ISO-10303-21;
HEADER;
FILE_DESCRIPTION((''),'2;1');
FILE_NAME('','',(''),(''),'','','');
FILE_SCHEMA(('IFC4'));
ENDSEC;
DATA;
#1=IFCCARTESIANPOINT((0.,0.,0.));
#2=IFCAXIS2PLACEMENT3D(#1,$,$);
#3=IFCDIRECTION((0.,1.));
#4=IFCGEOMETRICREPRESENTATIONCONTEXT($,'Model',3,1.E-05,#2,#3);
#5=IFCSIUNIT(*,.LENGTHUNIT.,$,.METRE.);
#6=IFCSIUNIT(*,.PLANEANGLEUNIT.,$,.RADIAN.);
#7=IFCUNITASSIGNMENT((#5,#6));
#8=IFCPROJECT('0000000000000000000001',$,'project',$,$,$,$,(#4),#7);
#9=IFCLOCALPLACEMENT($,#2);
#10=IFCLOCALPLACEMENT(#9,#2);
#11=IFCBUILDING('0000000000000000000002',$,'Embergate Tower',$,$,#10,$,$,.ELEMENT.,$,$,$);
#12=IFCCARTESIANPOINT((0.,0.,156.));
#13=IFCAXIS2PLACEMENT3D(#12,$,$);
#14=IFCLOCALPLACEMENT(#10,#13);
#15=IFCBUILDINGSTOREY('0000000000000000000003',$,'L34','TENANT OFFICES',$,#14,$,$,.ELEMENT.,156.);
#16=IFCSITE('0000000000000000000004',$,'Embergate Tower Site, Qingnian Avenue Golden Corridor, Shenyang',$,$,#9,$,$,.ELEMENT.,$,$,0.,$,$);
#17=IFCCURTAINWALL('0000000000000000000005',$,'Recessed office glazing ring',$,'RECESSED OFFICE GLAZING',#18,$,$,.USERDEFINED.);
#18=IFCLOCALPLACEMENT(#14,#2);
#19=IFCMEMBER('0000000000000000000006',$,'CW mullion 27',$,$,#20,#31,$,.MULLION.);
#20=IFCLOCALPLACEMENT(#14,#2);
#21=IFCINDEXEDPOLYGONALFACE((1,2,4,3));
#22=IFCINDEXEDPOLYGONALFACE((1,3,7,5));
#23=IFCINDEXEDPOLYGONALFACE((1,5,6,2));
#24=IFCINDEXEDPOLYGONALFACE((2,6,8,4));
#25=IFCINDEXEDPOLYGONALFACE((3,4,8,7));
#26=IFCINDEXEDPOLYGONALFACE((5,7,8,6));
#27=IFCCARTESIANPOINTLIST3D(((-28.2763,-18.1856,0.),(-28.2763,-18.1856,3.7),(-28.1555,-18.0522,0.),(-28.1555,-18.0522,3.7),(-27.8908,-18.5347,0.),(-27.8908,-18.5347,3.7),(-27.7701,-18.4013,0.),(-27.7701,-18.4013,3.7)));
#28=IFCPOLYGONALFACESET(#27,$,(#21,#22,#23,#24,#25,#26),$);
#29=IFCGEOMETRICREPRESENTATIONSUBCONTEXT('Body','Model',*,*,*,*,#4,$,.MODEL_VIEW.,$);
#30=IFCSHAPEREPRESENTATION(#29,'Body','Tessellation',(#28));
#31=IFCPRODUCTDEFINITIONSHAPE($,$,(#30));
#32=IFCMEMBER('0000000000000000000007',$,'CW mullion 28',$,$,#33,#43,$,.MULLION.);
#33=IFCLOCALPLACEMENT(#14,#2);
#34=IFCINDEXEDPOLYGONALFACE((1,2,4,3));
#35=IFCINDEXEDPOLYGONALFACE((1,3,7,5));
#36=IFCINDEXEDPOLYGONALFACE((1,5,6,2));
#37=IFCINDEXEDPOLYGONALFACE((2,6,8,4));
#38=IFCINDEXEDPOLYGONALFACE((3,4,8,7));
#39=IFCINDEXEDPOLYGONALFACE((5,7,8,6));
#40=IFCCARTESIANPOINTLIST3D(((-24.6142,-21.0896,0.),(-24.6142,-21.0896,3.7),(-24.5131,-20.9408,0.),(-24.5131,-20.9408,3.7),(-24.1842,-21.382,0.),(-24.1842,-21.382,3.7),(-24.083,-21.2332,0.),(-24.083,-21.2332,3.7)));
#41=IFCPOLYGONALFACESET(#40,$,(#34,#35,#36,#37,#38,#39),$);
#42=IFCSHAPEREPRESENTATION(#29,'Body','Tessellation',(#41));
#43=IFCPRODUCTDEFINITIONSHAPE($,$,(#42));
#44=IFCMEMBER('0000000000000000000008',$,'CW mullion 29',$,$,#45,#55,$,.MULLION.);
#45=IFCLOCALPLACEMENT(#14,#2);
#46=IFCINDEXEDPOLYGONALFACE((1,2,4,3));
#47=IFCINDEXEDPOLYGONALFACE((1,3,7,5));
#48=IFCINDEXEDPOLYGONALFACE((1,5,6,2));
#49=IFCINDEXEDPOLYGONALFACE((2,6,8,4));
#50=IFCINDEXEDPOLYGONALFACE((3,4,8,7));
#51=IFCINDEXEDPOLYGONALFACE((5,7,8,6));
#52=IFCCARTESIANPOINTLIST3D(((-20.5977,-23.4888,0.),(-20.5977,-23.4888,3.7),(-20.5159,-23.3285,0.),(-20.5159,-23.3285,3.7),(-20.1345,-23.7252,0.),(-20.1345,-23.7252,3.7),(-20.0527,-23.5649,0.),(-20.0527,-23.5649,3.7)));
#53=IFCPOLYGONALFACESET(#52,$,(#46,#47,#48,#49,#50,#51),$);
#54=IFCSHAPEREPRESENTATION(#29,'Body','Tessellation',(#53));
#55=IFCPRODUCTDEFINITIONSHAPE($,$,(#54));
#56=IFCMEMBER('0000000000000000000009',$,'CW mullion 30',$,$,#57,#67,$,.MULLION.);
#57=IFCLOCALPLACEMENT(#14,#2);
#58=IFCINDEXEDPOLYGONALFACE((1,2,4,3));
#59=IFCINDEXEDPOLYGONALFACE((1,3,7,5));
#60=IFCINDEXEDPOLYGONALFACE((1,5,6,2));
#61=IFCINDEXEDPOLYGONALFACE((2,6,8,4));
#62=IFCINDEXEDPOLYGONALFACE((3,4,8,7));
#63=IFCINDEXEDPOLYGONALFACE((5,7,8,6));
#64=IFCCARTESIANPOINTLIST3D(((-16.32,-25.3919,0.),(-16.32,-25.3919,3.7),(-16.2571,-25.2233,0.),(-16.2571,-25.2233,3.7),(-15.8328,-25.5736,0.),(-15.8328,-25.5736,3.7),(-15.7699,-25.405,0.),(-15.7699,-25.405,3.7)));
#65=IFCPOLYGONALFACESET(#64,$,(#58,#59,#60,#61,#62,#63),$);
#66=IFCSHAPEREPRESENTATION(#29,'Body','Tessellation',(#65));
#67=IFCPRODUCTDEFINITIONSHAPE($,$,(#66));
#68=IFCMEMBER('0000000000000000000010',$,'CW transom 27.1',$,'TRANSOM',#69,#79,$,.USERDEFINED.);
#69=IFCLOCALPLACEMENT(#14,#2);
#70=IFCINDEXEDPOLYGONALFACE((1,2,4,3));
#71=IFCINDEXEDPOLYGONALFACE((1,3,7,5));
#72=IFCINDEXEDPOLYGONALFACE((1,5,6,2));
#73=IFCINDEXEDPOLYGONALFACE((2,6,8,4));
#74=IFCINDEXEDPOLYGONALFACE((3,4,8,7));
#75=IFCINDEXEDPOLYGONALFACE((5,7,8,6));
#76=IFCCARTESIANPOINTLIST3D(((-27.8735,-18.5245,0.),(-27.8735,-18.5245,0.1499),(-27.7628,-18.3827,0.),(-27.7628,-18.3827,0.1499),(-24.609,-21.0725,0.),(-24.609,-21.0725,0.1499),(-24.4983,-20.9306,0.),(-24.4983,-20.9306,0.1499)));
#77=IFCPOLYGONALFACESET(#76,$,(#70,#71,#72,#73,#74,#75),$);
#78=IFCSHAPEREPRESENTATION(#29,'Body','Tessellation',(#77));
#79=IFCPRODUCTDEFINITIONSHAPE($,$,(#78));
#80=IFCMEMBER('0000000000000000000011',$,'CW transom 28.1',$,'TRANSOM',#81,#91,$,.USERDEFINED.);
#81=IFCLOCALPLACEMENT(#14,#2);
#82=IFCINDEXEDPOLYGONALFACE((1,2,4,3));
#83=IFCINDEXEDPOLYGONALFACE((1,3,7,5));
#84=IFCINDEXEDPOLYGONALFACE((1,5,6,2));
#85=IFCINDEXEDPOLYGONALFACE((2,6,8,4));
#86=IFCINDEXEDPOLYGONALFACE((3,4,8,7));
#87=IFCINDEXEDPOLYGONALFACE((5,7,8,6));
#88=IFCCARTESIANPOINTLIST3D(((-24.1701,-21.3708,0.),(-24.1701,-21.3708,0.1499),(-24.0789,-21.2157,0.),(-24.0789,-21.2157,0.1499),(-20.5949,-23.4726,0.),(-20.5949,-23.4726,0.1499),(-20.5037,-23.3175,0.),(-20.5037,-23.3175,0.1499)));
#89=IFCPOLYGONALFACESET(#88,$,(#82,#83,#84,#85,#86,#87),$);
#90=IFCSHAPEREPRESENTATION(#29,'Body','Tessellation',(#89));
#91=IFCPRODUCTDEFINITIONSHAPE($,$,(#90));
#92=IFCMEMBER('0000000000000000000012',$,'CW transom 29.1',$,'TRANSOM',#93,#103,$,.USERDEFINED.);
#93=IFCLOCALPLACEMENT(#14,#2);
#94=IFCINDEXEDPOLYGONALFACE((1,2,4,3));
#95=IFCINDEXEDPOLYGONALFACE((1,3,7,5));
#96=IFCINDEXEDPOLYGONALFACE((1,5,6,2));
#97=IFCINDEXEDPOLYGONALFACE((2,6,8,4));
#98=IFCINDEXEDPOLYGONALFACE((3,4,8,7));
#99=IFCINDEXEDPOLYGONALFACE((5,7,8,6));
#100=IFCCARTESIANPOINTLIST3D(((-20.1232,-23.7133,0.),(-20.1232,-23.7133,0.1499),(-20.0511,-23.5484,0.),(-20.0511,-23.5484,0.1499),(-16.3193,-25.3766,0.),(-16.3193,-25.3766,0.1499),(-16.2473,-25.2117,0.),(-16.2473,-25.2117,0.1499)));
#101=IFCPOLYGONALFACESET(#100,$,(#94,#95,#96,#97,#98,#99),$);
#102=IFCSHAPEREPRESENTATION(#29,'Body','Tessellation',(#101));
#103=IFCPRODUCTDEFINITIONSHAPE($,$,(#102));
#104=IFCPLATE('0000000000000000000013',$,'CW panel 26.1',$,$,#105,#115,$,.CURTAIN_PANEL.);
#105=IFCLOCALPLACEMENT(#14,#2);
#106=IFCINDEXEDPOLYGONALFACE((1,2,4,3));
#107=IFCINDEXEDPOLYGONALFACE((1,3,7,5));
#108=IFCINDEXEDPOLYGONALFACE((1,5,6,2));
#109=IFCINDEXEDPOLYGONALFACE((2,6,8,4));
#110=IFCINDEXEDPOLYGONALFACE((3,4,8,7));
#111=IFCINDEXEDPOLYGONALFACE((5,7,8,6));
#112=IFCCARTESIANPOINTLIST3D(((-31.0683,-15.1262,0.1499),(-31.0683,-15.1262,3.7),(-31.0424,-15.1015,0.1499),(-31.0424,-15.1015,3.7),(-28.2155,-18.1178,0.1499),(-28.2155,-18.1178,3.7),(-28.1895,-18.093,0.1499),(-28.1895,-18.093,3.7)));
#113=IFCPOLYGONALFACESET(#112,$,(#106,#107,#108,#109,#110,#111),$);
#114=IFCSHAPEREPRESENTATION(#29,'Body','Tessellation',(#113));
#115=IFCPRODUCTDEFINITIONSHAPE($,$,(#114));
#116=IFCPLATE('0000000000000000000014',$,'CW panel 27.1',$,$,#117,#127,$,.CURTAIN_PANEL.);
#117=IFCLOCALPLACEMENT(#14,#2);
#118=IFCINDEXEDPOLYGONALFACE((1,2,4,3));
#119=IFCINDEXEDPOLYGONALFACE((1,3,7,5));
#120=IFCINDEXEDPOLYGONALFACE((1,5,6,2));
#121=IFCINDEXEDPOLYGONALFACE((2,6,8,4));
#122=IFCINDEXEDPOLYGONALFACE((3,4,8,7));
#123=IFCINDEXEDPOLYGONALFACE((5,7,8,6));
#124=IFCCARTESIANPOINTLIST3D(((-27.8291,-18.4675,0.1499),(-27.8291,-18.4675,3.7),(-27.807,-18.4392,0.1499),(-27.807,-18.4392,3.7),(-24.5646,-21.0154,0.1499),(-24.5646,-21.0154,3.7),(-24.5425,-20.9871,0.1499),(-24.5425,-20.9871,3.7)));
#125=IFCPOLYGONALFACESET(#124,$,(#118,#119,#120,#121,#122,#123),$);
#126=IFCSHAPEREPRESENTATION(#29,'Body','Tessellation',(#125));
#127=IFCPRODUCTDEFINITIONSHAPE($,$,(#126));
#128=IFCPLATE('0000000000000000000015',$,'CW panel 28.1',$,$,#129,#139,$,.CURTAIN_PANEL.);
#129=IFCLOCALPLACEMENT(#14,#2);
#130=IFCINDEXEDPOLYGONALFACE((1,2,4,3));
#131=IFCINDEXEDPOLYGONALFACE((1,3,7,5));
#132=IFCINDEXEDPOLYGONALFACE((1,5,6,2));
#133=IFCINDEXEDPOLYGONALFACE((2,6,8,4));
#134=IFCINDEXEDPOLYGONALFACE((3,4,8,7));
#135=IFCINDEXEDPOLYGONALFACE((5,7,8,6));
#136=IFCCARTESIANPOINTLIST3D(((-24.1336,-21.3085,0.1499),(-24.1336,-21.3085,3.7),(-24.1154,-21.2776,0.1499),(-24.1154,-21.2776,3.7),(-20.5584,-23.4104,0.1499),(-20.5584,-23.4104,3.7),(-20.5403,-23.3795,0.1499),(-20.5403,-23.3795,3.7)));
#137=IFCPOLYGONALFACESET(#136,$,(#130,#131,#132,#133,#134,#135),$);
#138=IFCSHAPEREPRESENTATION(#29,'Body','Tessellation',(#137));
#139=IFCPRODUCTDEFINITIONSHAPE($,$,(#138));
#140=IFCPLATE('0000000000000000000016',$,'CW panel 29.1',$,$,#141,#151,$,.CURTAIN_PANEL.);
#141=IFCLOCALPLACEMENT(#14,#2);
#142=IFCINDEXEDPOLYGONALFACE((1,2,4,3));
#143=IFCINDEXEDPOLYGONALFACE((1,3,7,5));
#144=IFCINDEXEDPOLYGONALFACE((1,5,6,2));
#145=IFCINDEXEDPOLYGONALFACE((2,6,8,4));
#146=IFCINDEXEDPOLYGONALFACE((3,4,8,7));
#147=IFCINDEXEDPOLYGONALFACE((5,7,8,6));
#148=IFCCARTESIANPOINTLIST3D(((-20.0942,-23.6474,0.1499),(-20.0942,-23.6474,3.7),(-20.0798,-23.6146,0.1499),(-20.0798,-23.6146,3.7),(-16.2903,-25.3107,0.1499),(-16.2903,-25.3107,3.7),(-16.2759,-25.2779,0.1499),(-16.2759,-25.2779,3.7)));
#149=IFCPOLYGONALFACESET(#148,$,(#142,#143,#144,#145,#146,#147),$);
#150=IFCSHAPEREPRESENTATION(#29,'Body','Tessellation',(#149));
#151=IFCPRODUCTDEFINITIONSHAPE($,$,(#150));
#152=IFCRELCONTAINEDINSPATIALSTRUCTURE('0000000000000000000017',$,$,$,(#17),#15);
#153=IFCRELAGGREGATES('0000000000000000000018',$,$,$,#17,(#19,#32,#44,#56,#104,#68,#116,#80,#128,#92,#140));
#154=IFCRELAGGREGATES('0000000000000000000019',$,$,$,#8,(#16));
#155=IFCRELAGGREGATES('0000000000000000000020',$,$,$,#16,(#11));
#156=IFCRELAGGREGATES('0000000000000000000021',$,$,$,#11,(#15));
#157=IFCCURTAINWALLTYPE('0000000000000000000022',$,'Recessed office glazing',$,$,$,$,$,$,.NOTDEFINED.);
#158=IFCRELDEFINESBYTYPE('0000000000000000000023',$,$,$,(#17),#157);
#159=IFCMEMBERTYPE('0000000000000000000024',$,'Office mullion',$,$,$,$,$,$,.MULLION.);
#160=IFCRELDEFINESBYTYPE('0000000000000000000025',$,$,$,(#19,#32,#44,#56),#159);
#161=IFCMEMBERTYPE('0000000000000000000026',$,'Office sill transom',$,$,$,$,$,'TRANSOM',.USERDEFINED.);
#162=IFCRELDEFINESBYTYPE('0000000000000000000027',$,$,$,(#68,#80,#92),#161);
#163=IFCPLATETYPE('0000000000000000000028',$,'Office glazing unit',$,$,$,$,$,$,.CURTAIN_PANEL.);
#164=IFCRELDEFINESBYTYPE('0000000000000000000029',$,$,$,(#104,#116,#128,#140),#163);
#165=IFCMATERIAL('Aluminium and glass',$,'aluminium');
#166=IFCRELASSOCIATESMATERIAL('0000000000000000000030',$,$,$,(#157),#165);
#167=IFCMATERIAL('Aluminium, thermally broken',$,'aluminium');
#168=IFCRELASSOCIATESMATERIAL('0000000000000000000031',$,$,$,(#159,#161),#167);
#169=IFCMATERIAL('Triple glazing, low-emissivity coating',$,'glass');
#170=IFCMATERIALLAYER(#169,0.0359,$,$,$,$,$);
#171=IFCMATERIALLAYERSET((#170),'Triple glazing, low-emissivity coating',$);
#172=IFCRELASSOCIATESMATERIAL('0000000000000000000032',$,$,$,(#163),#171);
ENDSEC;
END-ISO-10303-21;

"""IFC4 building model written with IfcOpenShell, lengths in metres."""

from ifc_helpers import new_model, si_unit, direction, frame, origin, origin_2d, place, context, subcontext, project, spatial, rectangle, extrude, source, transform, mapped, material, layer, layer_set, material_profile, profile_set, type_object, element, aggregate, save


model = new_model("IFC4")

# Units and contexts
model_context = context("Model", 3, precision=1e-05, world=origin(), true_north=direction((0.0, 1.0)))
body_context = subcontext(model_context, "Body", "Model", "MODEL_VIEW")
ifc_project = project(units=[si_unit("LENGTHUNIT", "METRE"), si_unit("PLANEANGLEUNIT", "RADIAN")], contexts=[model_context])

# Site, building, storey
site_placement = place(None, origin())
site = spatial("IfcSite", under=ifc_project, at=site_placement, Name="Embergate Tower Site, Qingnian Avenue Golden Corridor, Shenyang", CompositionType="ELEMENT", RefElevation=0.0)
building_placement = place(site_placement, origin())
building = spatial("IfcBuilding", under=site, at=building_placement, Name="Embergate Tower", CompositionType="ELEMENT")
storey_placement = place(building_placement, frame((0.0, 0.0, 156.0)))
storey = spatial("IfcBuildingStorey", under=building, at=storey_placement, Name="L34", Description="TENANT OFFICES", CompositionType="ELEMENT", Elevation=156.0)

# Curtain wall, members, plates
ifc_material_1 = material(Name="Aluminium and glass", Category="aluminium")
curtain_wall_type = type_object("IfcCurtainWallType", Name="Recessed office glazing", PredefinedType="NOTDEFINED", material=ifc_material_1)
curtain_wall_placement = place(storey_placement, origin())
curtain_wall = element("IfcCurtainWall", 1, at=curtain_wall_placement, inside=storey, type_object=curtain_wall_type, Name="Recessed office glazing ring", ObjectType="RECESSED OFFICE GLAZING", PredefinedType="USERDEFINED")
ifc_material_2 = material(Name="Aluminium, thermally broken", Category="aluminium")
ifc_material_profile_1 = material_profile(ifc_material_2, rectangle(XDim=0.1799, YDim=0.52, at=origin_2d()), Name="AL 520x180")
ifc_profile_set_1 = profile_set([ifc_material_profile_1], Name="Aluminium, thermally broken")
member_type_1 = type_object("IfcMemberType", Name="Office mullion", PredefinedType="MULLION", material=ifc_profile_set_1)
shared_shape_1 = source(origin(), body_context, "Body", "SweptSolid", [
    extrude(rectangle(XDim=0.1799, YDim=0.52, at=origin_2d()), origin(), (0.0, 0.0, 1.0), 3.7),
])
member_1_placement = place(storey_placement, frame((-28.0232, -18.2935, 0.0), z_axis=(0.0, 0.0, 1.0), x_axis=(0.671227, 0.741252, 0.0)))
member_1 = element("IfcMember", 2, at=member_1_placement, type_object=member_type_1, Name="CW mullion 27", PredefinedType="MULLION", context=body_context, shape_type="MappedRepresentation", body=[
    mapped(shared_shape_1, transform((0.0, 0.0, 0.0))),
])
member_2_placement = place(storey_placement, frame((-24.3486, -21.1614, 0.0), z_axis=(0.0, 0.0, 1.0), x_axis=(0.562218, 0.826989, 0.0)))
member_2 = element("IfcMember", 3, at=member_2_placement, type_object=member_type_1, Name="CW mullion 28", PredefinedType="MULLION", context=body_context, shape_type="MappedRepresentation", body=[
    mapped(shared_shape_1, transform((0.0, 0.0, 0.0))),
])
member_3_placement = place(storey_placement, frame((-20.3252, -23.5269, 0.0), z_axis=(0.0, 0.0, 1.0), x_axis=(0.454511, 0.890741, 0.0)))
member_3 = element("IfcMember", 4, at=member_3_placement, type_object=member_type_1, Name="CW mullion 29", PredefinedType="MULLION", context=body_context, shape_type="MappedRepresentation", body=[
    mapped(shared_shape_1, transform((0.0, 0.0, 0.0))),
])
member_4_placement = place(storey_placement, frame((-16.0449, -25.3984, 0.0), z_axis=(0.0, 0.0, 1.0), x_axis=(0.349503, 0.936935, 0.0)))
member_4 = element("IfcMember", 5, at=member_4_placement, type_object=member_type_1, Name="CW mullion 30", PredefinedType="MULLION", context=body_context, shape_type="MappedRepresentation", body=[
    mapped(shared_shape_1, transform((0.0, 0.0, 0.0))),
])
ifc_material_profile_2 = material_profile(ifc_material_2, rectangle(XDim=0.1799, YDim=0.1499, at=origin_2d()), Name="AL 150x180")
ifc_profile_set_2 = profile_set([ifc_material_profile_2], Name="Aluminium, thermally broken")
member_type_2 = type_object("IfcMemberType", Name="Office sill transom", ElementType="TRANSOM", PredefinedType="USERDEFINED", material=ifc_profile_set_2)
shared_shape_2 = source(origin(), body_context, "Body", "SweptSolid", [
    extrude(rectangle(XDim=0.1799, YDim=0.1499, at=origin_2d()), origin(), (0.0, 0.0, 1.0), 4.1411),
])
member_5_placement = place(storey_placement, frame((-27.8181, -18.4536, 0.075), z_axis=(0.788313, -0.615274, 0.0), x_axis=(0.615274, 0.788313, 0.0)))
member_5 = element("IfcMember", 6, at=member_5_placement, type_object=member_type_2, Name="CW transom 27.1", ObjectType="TRANSOM", PredefinedType="USERDEFINED", context=body_context, shape_type="MappedRepresentation", body=[
    mapped(shared_shape_2, transform((0.0, 0.0, 0.0))),
])
shared_shape_3 = source(origin(), body_context, "Body", "SweptSolid", [
    extrude(rectangle(XDim=0.1799, YDim=0.1499, at=origin_2d()), origin(), (0.0, 0.0, 1.0), 4.1472),
])
member_6_placement = place(storey_placement, frame((-24.1245, -21.2932, 0.075), z_axis=(0.862066, -0.506796, 0.0), x_axis=(0.506796, 0.862066, 0.0)))
member_6 = element("IfcMember", 7, at=member_6_placement, type_object=member_type_2, Name="CW transom 28.1", ObjectType="TRANSOM", PredefinedType="USERDEFINED", context=body_context, shape_type="MappedRepresentation", body=[
    mapped(shared_shape_3, transform((0.0, 0.0, 0.0))),
])
shared_shape_4 = source(origin(), body_context, "Body", "SweptSolid", [
    extrude(rectangle(XDim=0.1799, YDim=0.1499, at=origin_2d()), origin(), (0.0, 0.0, 1.0), 4.1516),
])
member_7_placement = place(storey_placement, frame((-20.0872, -23.6309, 0.075), z_axis=(0.916237, -0.400637, 0.0), x_axis=(0.400637, 0.916237, 0.0)))
member_7 = element("IfcMember", 8, at=member_7_placement, type_object=member_type_2, Name="CW transom 29.1", ObjectType="TRANSOM", PredefinedType="USERDEFINED", context=body_context, shape_type="MappedRepresentation", body=[
    mapped(shared_shape_4, transform((0.0, 0.0, 0.0))),
])
ifc_material_3 = material(Name="Triple glazing, low-emissivity coating", Category="glass")
ifc_layer = layer(ifc_material_3, 0.0359)
ifc_layer_set = layer_set([ifc_layer], Name="Triple glazing, low-emissivity coating")
plate_type = type_object("IfcPlateType", Name="Office glazing unit", PredefinedType="CURTAIN_PANEL", material=ifc_layer_set)
shared_shape_5 = source(origin(), body_context, "Body", "SweptSolid", [
    extrude(rectangle(XDim=4.1338, YDim=0.0359, at=origin_2d()), origin(), (0.0, 0.0, 1.0), 3.55),
])
plate_1_placement = place(storey_placement, frame((-29.6289, -16.6096, 0.1499), z_axis=(0.0, 0.0, 1.0), x_axis=(0.690135, -0.723681, 0.0)))
plate_1 = element("IfcPlate", 9, at=plate_1_placement, type_object=plate_type, Name="CW panel 26.1", PredefinedType="CURTAIN_PANEL", context=body_context, shape_type="MappedRepresentation", body=[
    mapped(shared_shape_5, transform((0.0, 0.0, 0.0))),
])
shared_shape_6 = source(origin(), body_context, "Body", "SweptSolid", [
    extrude(rectangle(XDim=4.1411, YDim=0.0359, at=origin_2d()), origin(), (0.0, 0.0, 1.0), 3.55),
])
plate_2_placement = place(storey_placement, frame((-26.1858, -19.7273, 0.1499), z_axis=(0.0, 0.0, 1.0), x_axis=(0.78832, -0.615265, 0.0)))
plate_2 = element("IfcPlate", 10, at=plate_2_placement, type_object=plate_type, Name="CW panel 27.1", PredefinedType="CURTAIN_PANEL", context=body_context, shape_type="MappedRepresentation", body=[
    mapped(shared_shape_6, transform((0.0, 0.0, 0.0))),
])
shared_shape_7 = source(origin(), body_context, "Body", "SweptSolid", [
    extrude(rectangle(XDim=4.1472, YDim=0.0359, at=origin_2d()), origin(), (0.0, 0.0, 1.0), 3.55),
])
plate_3_placement = place(storey_placement, frame((-22.3369, -22.344, 0.1499), z_axis=(0.0, 0.0, 1.0), x_axis=(0.862053, -0.506818, 0.0)))
plate_3 = element("IfcPlate", 11, at=plate_3_placement, type_object=plate_type, Name="CW panel 28.1", PredefinedType="CURTAIN_PANEL", context=body_context, shape_type="MappedRepresentation", body=[
    mapped(shared_shape_7, transform((0.0, 0.0, 0.0))),
])
shared_shape_8 = source(origin(), body_context, "Body", "SweptSolid", [
    extrude(rectangle(XDim=4.1516, YDim=0.0359, at=origin_2d()), origin(), (0.0, 0.0, 1.0), 3.55),
])
plate_4_placement = place(storey_placement, frame((-18.1851, -24.4626, 0.1499), z_axis=(0.0, 0.0, 1.0), x_axis=(0.916236, -0.400638, 0.0)))
plate_4 = element("IfcPlate", 12, at=plate_4_placement, type_object=plate_type, Name="CW panel 29.1", PredefinedType="CURTAIN_PANEL", context=body_context, shape_type="MappedRepresentation", body=[
    mapped(shared_shape_8, transform((0.0, 0.0, 0.0))),
])
aggregate(curtain_wall, [member_1, member_2, member_3, member_4, plate_1, member_5, plate_2, member_6, plate_3, member_7, plate_4])

save(model, "model.ifc")
